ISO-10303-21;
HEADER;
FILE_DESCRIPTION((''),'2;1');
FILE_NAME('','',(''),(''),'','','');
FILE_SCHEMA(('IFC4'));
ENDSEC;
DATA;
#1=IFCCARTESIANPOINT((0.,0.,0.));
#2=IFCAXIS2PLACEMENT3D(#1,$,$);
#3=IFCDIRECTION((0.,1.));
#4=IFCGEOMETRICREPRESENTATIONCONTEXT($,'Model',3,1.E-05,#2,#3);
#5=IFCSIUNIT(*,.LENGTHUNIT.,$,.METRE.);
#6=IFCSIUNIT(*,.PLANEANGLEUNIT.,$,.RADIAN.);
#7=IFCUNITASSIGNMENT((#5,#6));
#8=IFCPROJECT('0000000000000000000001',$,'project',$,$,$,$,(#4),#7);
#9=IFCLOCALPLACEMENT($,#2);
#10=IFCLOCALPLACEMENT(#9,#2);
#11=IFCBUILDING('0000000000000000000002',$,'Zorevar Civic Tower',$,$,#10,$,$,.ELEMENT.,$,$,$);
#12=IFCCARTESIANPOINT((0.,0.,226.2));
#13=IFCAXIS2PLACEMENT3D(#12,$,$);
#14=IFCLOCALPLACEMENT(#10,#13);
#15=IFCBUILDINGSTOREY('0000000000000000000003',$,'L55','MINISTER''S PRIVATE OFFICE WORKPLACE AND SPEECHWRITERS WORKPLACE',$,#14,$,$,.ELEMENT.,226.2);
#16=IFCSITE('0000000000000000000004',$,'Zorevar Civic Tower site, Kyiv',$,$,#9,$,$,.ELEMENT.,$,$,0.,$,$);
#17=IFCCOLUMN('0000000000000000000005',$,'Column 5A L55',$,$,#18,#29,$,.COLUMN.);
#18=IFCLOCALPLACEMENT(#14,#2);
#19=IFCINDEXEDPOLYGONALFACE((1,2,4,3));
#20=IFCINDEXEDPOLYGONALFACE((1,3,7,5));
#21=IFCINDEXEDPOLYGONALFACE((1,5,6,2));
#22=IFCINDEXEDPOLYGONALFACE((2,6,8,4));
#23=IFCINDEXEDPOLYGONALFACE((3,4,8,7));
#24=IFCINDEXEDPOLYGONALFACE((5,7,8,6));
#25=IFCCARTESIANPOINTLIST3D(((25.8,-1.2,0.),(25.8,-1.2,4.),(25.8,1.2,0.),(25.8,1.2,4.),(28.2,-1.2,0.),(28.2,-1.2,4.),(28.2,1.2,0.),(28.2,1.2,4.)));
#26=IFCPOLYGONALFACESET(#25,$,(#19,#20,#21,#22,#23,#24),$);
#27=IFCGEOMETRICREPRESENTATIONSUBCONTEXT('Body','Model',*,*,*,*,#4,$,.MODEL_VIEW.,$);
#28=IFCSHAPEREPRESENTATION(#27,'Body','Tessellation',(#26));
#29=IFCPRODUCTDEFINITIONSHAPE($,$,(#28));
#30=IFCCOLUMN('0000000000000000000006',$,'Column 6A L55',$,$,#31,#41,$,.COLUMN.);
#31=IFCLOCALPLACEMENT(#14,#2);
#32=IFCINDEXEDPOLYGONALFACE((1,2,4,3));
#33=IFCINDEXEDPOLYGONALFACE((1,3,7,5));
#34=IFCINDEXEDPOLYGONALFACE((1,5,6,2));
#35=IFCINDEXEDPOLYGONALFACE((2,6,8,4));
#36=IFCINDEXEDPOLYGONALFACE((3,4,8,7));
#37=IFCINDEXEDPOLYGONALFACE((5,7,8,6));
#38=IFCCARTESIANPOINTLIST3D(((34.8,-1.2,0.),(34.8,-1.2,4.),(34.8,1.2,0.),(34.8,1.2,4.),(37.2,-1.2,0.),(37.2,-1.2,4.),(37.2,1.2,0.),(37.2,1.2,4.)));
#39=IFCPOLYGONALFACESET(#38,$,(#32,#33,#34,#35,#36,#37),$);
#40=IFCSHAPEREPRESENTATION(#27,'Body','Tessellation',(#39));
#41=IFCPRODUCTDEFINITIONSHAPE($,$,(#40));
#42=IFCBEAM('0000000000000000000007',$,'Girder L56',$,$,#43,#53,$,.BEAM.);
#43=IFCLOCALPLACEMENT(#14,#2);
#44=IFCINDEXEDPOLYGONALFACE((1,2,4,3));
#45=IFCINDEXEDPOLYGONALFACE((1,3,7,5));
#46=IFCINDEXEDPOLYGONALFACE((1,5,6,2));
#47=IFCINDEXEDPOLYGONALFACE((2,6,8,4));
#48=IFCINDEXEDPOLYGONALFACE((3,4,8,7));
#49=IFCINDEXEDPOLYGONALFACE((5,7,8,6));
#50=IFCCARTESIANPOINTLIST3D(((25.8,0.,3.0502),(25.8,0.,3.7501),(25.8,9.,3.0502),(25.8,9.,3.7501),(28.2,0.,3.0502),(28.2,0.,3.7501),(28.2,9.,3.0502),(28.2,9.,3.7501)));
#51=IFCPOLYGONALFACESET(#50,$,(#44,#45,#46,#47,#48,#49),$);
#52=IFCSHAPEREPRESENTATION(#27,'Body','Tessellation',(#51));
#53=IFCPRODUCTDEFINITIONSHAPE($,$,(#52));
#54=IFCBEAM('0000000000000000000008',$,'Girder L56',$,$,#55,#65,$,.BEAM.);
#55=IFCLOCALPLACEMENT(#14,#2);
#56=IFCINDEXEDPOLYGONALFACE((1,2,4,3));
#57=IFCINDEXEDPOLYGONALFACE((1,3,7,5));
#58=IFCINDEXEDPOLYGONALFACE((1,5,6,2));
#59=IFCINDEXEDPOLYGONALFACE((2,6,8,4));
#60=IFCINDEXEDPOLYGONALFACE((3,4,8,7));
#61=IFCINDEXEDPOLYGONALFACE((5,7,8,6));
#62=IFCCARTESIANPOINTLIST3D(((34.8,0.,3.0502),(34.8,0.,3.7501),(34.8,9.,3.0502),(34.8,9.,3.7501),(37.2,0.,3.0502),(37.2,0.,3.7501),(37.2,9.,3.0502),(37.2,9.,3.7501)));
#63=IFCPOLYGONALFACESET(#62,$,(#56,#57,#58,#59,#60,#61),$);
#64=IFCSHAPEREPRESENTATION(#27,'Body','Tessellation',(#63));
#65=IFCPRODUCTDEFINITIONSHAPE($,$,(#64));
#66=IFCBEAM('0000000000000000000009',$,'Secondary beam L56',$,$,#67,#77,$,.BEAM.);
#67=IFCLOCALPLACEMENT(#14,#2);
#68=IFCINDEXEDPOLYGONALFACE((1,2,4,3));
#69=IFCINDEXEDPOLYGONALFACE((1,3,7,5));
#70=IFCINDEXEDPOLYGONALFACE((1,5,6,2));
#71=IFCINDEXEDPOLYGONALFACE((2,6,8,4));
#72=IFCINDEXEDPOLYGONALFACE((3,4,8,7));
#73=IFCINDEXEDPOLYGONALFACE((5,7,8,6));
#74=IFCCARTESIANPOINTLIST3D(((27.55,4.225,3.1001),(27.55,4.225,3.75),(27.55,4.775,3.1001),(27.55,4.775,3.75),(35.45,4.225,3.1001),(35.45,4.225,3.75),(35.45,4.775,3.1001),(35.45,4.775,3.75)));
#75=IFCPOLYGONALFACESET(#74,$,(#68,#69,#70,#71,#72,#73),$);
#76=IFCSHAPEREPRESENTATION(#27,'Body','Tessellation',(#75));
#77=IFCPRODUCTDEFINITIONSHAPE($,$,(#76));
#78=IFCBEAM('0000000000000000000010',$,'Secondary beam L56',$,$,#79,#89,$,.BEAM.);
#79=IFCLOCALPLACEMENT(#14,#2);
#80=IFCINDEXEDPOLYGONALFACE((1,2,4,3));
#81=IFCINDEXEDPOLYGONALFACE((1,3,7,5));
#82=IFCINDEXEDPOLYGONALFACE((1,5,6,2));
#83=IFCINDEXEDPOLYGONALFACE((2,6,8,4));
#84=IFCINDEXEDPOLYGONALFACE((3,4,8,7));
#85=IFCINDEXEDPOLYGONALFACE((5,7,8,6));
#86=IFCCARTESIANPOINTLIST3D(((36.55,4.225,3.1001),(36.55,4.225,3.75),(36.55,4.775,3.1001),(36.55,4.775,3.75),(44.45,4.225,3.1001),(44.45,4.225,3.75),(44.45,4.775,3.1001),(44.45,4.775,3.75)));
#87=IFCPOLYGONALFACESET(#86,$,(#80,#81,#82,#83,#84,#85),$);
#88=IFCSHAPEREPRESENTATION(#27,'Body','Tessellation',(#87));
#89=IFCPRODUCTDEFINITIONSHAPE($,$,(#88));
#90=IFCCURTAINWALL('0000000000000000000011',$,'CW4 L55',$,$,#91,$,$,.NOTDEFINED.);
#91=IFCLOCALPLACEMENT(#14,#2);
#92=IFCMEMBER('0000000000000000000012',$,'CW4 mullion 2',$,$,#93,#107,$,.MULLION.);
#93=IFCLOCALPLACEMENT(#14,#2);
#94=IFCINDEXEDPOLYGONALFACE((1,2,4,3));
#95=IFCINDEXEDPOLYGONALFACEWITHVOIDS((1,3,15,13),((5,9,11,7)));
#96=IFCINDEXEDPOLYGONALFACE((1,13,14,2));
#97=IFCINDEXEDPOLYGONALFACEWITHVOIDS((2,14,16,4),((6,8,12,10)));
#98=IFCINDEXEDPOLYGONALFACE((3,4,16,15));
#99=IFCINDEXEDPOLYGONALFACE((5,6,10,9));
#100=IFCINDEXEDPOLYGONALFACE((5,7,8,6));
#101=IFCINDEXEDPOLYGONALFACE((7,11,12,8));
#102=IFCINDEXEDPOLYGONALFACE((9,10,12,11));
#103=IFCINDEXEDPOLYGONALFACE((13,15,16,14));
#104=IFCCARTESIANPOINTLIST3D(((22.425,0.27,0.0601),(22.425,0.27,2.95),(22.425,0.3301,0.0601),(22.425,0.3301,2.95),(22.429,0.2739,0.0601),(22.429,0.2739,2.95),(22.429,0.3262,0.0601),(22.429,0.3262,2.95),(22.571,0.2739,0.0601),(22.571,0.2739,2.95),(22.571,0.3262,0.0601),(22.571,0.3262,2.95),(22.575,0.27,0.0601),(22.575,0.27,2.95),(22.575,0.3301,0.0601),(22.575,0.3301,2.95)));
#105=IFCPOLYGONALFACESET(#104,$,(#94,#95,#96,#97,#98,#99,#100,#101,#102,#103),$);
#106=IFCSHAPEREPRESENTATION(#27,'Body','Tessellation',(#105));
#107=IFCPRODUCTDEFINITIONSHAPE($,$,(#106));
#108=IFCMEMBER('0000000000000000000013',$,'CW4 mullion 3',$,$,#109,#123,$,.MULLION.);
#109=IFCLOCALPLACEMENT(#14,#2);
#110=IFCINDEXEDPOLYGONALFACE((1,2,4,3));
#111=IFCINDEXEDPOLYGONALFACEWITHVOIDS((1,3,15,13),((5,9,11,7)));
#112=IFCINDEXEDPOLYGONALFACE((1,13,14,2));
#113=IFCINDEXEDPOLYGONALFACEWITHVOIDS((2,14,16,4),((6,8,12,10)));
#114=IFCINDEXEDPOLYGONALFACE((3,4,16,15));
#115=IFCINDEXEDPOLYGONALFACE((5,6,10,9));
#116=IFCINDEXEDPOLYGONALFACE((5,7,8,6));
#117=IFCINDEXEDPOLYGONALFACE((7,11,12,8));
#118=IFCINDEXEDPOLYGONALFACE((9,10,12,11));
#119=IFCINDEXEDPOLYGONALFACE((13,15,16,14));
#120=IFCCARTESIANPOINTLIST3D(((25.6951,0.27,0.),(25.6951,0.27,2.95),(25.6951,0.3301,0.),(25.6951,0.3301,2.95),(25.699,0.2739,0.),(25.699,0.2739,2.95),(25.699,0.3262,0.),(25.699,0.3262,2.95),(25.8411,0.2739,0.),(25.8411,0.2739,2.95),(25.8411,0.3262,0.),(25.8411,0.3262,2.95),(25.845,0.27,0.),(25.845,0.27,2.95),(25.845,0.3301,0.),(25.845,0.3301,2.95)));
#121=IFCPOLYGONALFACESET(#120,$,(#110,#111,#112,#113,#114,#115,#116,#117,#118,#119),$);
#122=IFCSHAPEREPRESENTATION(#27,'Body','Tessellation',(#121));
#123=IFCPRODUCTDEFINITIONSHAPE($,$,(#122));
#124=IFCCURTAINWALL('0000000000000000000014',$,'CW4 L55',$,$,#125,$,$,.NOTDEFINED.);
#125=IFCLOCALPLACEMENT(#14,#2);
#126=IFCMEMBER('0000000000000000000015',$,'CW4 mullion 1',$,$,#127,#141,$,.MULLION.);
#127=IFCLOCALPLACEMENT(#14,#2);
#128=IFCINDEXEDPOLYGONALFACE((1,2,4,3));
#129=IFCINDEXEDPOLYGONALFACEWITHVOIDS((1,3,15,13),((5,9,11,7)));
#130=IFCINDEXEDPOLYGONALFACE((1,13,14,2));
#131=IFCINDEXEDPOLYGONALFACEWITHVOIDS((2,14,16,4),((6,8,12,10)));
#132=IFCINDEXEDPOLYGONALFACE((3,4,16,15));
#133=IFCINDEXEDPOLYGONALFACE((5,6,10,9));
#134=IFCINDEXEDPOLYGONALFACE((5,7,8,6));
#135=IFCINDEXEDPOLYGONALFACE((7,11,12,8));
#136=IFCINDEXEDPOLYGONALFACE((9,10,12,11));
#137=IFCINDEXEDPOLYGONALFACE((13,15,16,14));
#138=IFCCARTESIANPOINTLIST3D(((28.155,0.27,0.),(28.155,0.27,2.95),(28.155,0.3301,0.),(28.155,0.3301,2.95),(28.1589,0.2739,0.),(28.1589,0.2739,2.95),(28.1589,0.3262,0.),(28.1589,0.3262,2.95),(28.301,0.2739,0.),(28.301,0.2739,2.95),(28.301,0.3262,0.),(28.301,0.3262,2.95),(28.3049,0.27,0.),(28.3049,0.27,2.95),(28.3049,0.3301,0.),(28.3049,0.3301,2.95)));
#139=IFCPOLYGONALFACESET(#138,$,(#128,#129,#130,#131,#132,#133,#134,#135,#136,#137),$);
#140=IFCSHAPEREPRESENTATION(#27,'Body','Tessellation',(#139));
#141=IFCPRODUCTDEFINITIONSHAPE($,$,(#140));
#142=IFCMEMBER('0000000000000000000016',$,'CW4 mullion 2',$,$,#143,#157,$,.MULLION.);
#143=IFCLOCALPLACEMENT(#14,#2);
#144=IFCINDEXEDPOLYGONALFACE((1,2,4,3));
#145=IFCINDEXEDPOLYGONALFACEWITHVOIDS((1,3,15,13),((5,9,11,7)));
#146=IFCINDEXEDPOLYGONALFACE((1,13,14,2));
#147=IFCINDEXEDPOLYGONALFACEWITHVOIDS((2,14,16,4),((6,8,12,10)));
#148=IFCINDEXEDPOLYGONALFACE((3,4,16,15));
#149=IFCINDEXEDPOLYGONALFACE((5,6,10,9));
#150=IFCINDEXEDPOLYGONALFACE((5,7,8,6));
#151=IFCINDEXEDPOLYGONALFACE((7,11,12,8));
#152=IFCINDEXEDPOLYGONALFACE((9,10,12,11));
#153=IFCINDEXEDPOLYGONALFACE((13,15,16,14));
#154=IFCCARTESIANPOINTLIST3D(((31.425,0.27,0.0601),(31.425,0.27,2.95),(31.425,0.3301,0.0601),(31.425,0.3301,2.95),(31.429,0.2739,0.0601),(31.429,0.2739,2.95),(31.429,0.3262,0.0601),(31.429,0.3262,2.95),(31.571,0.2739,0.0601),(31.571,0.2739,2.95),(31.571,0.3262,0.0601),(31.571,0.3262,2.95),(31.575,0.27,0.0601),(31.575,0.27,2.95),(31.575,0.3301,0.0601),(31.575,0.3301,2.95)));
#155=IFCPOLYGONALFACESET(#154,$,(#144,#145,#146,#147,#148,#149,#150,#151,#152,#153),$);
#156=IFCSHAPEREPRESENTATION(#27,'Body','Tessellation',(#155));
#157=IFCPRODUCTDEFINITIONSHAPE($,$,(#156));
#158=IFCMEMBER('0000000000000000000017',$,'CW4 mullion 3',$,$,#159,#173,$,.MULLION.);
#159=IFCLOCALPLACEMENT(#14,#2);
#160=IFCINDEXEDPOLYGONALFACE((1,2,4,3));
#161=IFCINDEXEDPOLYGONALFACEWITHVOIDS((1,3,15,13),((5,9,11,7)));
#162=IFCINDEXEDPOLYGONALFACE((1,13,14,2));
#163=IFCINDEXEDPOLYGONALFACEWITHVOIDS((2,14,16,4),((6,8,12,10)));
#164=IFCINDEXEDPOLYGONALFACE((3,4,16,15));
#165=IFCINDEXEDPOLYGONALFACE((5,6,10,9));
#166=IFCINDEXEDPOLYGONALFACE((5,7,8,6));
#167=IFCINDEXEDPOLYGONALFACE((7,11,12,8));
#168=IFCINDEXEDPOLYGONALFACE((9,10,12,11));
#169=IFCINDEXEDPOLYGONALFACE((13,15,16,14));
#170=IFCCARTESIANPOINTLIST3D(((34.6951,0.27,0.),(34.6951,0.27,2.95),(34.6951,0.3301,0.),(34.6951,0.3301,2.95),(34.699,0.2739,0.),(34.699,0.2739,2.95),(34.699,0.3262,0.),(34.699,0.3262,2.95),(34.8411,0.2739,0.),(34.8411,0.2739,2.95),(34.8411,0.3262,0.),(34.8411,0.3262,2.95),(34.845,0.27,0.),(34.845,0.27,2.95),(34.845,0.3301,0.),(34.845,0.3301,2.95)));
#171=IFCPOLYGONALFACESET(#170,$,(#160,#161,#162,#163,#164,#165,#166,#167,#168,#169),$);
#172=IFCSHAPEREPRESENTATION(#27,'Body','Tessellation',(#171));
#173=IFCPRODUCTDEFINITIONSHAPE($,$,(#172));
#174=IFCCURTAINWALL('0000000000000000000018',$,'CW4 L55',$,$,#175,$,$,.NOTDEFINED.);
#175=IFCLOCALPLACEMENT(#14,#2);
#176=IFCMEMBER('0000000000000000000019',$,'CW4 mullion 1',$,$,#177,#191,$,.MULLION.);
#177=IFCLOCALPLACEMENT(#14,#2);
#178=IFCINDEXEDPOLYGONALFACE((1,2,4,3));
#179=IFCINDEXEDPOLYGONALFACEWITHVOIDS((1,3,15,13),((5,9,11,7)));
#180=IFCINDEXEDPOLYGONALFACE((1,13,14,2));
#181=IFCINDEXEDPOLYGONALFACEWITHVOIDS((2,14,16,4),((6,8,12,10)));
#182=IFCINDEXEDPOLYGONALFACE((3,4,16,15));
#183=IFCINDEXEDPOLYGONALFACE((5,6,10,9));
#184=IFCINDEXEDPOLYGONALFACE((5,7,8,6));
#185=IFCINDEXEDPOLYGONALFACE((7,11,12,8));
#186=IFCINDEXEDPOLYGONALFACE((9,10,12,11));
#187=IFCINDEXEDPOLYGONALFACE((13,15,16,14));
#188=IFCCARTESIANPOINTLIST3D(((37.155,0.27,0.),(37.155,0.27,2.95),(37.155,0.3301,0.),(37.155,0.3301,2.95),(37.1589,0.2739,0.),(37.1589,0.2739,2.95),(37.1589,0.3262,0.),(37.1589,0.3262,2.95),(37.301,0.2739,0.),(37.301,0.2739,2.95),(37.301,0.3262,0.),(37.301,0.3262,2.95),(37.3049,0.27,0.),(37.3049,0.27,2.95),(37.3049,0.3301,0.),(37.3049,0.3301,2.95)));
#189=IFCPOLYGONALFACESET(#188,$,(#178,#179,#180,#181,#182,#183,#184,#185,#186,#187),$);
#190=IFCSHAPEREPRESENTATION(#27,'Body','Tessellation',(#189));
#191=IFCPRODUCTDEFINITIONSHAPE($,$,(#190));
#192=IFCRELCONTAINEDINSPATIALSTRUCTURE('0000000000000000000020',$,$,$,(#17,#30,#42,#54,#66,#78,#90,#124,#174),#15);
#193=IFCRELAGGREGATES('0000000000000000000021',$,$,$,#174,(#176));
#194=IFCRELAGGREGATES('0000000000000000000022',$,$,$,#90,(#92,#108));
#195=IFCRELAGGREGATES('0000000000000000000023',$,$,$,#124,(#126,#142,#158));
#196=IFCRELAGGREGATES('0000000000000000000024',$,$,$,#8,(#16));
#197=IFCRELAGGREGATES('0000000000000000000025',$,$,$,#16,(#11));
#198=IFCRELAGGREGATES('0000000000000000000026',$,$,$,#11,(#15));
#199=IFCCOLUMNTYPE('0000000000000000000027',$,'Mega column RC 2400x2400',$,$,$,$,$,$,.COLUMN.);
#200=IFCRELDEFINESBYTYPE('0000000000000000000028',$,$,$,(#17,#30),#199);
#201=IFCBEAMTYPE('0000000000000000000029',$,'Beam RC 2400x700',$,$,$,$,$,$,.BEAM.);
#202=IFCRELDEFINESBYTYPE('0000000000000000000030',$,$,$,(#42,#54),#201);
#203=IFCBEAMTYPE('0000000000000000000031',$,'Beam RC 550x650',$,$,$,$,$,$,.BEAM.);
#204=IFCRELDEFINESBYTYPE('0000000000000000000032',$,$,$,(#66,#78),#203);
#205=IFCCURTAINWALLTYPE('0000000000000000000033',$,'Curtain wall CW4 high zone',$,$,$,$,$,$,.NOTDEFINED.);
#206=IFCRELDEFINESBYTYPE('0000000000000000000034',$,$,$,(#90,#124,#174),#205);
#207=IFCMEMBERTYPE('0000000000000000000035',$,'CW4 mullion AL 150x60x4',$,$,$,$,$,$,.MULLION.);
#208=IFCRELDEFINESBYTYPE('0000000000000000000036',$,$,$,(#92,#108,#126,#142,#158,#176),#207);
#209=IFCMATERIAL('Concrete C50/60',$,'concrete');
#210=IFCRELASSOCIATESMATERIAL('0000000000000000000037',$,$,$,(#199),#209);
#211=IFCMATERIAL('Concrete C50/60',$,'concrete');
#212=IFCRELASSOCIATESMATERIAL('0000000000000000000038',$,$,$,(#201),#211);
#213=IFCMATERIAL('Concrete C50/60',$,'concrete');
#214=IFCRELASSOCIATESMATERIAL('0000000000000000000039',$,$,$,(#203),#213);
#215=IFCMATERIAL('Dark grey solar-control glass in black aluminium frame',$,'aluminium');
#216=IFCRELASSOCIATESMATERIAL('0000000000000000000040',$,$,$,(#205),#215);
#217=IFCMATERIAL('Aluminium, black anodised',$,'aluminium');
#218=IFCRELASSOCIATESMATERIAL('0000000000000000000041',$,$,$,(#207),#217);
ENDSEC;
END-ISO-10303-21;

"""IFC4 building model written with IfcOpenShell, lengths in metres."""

from ifc_helpers import new_model, si_unit, direction, frame, origin, origin_2d, place, context, subcontext, project, spatial, rectangle, hollow_rectangle, extrude, material, material_profile, profile_set, type_object, element, aggregate, save


model = new_model("IFC4")

# Units and contexts
model_context = context("Model", 3, precision=1e-05, world=origin(), true_north=direction((0.0, 1.0)))
body_context = subcontext(model_context, "Body", "Model", "MODEL_VIEW")
ifc_project = project(units=[si_unit("LENGTHUNIT", "METRE"), si_unit("PLANEANGLEUNIT", "RADIAN")], contexts=[model_context])

# Site, building, storey
site_placement = place(None, origin())
site = spatial("IfcSite", under=ifc_project, at=site_placement, Name="Zorevar Civic Tower site, Kyiv", CompositionType="ELEMENT", RefElevation=0.0)
building_placement = place(site_placement, origin())
building = spatial("IfcBuilding", under=site, at=building_placement, Name="Zorevar Civic Tower", CompositionType="ELEMENT")
storey_placement = place(building_placement, frame((0.0, 0.0, 226.2)))
storey = spatial("IfcBuildingStorey", under=building, at=storey_placement, Name="L55", Description="MINISTER'S PRIVATE OFFICE WORKPLACE AND SPEECHWRITERS WORKPLACE", CompositionType="ELEMENT", Elevation=226.2)

# Columns
ifc_material_1 = material(Name="Concrete C50/60", Category="concrete")
ifc_material_profile_1 = material_profile(ifc_material_1, rectangle(XDim=2.3999, YDim=2.3999, at=origin_2d()), Name="RC 2400x2400")
ifc_profile_set_1 = profile_set([ifc_material_profile_1], Name="Concrete C50/60")
column_type = type_object("IfcColumnType", Name="Mega column RC 2400x2400", PredefinedType="COLUMN", material=ifc_profile_set_1)
for number, where, z_axis, x_axis, name in (
    (1, (27.0, 0.0, 0.0), (0.0, 0.0, 1.0), (1.0, 0.0, 0.0), "Column 5A L55"),
    (2, (36.0, 0.0, 0.0), (0.0, 0.0, 1.0), (1.0, 0.0, 0.0), "Column 6A L55"),
):
    element("IfcColumn", number, at=place(storey_placement, frame(where, z_axis=z_axis, x_axis=x_axis)), inside=storey, type_object=column_type, Name=name, PredefinedType="COLUMN", context=body_context, shape_type="SweptSolid", body=[
        extrude(rectangle(XDim=2.3999, YDim=2.3999, at=origin_2d()), origin(), (0.0, 0.0, 1.0), 4.0),
    ])

# Beams
ifc_material_2 = material(Name="Concrete C50/60", Category="concrete")
ifc_material_profile_2 = material_profile(ifc_material_2, rectangle(XDim=2.3999, YDim=0.7, at=origin_2d()), Name="RC 2400x700")
ifc_profile_set_2 = profile_set([ifc_material_profile_2], Name="Concrete C50/60")
beam_type_1 = type_object("IfcBeamType", Name="Beam RC 2400x700", PredefinedType="BEAM", material=ifc_profile_set_2)
for number, where, z_axis, x_axis, name in (
    (3, (27.0, 0.0, 3.4001), (0.0, 1.0, 0.0), (-1.0, 0.0, 0.0), "Girder L56"),
    (4, (36.0, 0.0, 3.4001), (0.0, 1.0, 0.0), (-1.0, 0.0, 0.0), "Girder L56"),
):
    element("IfcBeam", number, at=place(storey_placement, frame(where, z_axis=z_axis, x_axis=x_axis)), inside=storey, type_object=beam_type_1, Name=name, PredefinedType="BEAM", context=body_context, shape_type="SweptSolid", body=[
        extrude(rectangle(XDim=2.3999, YDim=0.7, at=origin_2d()), origin(), (0.0, 0.0, 1.0), 9.0),
    ])
ifc_material_3 = material(Name="Concrete C50/60", Category="concrete")
ifc_material_profile_3 = material_profile(ifc_material_3, rectangle(XDim=0.55, YDim=0.6499, at=origin_2d()), Name="RC 550x650")
ifc_profile_set_3 = profile_set([ifc_material_profile_3], Name="Concrete C50/60")
beam_type_2 = type_object("IfcBeamType", Name="Beam RC 550x650", PredefinedType="BEAM", material=ifc_profile_set_3)
for number, where, z_axis, x_axis, name in (
    (5, (27.55, 4.5, 3.425), (1.0, 0.0, 0.0), (0.0, 1.0, 0.0), "Secondary beam L56"),
    (6, (36.55, 4.5, 3.425), (1.0, 0.0, 0.0), (0.0, 1.0, 0.0), "Secondary beam L56"),
):
    element("IfcBeam", number, at=place(storey_placement, frame(where, z_axis=z_axis, x_axis=x_axis)), inside=storey, type_object=beam_type_2, Name=name, PredefinedType="BEAM", context=body_context, shape_type="SweptSolid", body=[
        extrude(rectangle(XDim=0.55, YDim=0.6499, at=origin_2d()), origin(), (0.0, 0.0, 1.0), 7.8999),
    ])

# Curtain walls, members
ifc_material_4 = material(Name="Dark grey solar-control glass in black aluminium frame", Category="aluminium")
curtain_wall_type = type_object("IfcCurtainWallType", Name="Curtain wall CW4 high zone", PredefinedType="NOTDEFINED", material=ifc_material_4)
curtain_wall_1_placement = place(storey_placement, origin())
curtain_wall_1 = element("IfcCurtainWall", 7, at=curtain_wall_1_placement, inside=storey, type_object=curtain_wall_type, Name="CW4 L55", PredefinedType="NOTDEFINED")
ifc_material_5 = material(Name="Aluminium, black anodised", Category="aluminium")
ifc_material_profile_4 = material_profile(ifc_material_5, hollow_rectangle(XDim=0.0601, YDim=0.1499, WallThickness=0.0039, at=origin_2d()), Name="AL 150x60x4")
ifc_profile_set_4 = profile_set([ifc_material_profile_4], Name="Aluminium, black anodised")
member_type_1 = type_object("IfcMemberType", Name="CW4 mullion AL 150x60x4", PredefinedType="MULLION", material=ifc_profile_set_4)
member_1_placement = place(storey_placement, frame((22.5, 0.3, 0.0601), z_axis=(0.0, 0.0, 1.0), x_axis=(0.0, 1.0, 0.0)))
member_1 = element("IfcMember", 8, at=member_1_placement, type_object=member_type_1, Name="CW4 mullion 2", PredefinedType="MULLION", context=body_context, shape_type="SweptSolid", body=[
    extrude(hollow_rectangle(XDim=0.0601, YDim=0.1499, WallThickness=0.0039, at=origin_2d()), origin(), (0.0, 0.0, 1.0), 2.8899),
])
member_2_placement = place(storey_placement, frame((25.77, 0.3, 0.0), z_axis=(0.0, 0.0, 1.0), x_axis=(0.0, 1.0, 0.0)))
member_2 = element("IfcMember", 9, at=member_2_placement, type_object=member_type_1, Name="CW4 mullion 3", PredefinedType="MULLION", context=body_context, shape_type="SweptSolid", body=[
    extrude(hollow_rectangle(XDim=0.0601, YDim=0.1499, WallThickness=0.0039, at=origin_2d()), origin(), (0.0, 0.0, 1.0), 2.95),
])
curtain_wall_2_placement = place(storey_placement, origin())
curtain_wall_2 = element("IfcCurtainWall", 10, at=curtain_wall_2_placement, inside=storey, type_object=curtain_wall_type, Name="CW4 L55", PredefinedType="NOTDEFINED")
member_3_placement = place(storey_placement, frame((28.23, 0.3, 0.0), z_axis=(0.0, 0.0, 1.0), x_axis=(0.0, 1.0, 0.0)))
member_3 = element("IfcMember", 11, at=member_3_placement, type_object=member_type_1, Name="CW4 mullion 1", PredefinedType="MULLION", context=body_context, shape_type="SweptSolid", body=[
    extrude(hollow_rectangle(XDim=0.0601, YDim=0.1499, WallThickness=0.0039, at=origin_2d()), origin(), (0.0, 0.0, 1.0), 2.95),
])
member_4_placement = place(storey_placement, frame((31.5, 0.3, 0.0601), z_axis=(0.0, 0.0, 1.0), x_axis=(0.0, 1.0, 0.0)))
member_4 = element("IfcMember", 12, at=member_4_placement, type_object=member_type_1, Name="CW4 mullion 2", PredefinedType="MULLION", context=body_context, shape_type="SweptSolid", body=[
    extrude(hollow_rectangle(XDim=0.0601, YDim=0.1499, WallThickness=0.0039, at=origin_2d()), origin(), (0.0, 0.0, 1.0), 2.8899),
])
member_5_placement = place(storey_placement, frame((34.77, 0.3, 0.0), z_axis=(0.0, 0.0, 1.0), x_axis=(0.0, 1.0, 0.0)))
member_5 = element("IfcMember", 13, at=member_5_placement, type_object=member_type_1, Name="CW4 mullion 3", PredefinedType="MULLION", context=body_context, shape_type="SweptSolid", body=[
    extrude(hollow_rectangle(XDim=0.0601, YDim=0.1499, WallThickness=0.0039, at=origin_2d()), origin(), (0.0, 0.0, 1.0), 2.95),
])

# Curtain wall, member
curtain_wall_3_placement = place(storey_placement, origin())
curtain_wall_3 = element("IfcCurtainWall", 14, at=curtain_wall_3_placement, inside=storey, type_object=curtain_wall_type, Name="CW4 L55", PredefinedType="NOTDEFINED")
member_6_placement = place(storey_placement, frame((37.23, 0.3, 0.0), z_axis=(0.0, 0.0, 1.0), x_axis=(0.0, 1.0, 0.0)))
member_6 = element("IfcMember", 15, at=member_6_placement, type_object=member_type_1, Name="CW4 mullion 1", PredefinedType="MULLION", context=body_context, shape_type="SweptSolid", body=[
    extrude(hollow_rectangle(XDim=0.0601, YDim=0.1499, WallThickness=0.0039, at=origin_2d()), origin(), (0.0, 0.0, 1.0), 2.95),
])
aggregate(curtain_wall_3, [member_6])

aggregate(curtain_wall_1, [member_1, member_2])
aggregate(curtain_wall_2, [member_3, member_4, member_5])

save(model, "model.ifc")
